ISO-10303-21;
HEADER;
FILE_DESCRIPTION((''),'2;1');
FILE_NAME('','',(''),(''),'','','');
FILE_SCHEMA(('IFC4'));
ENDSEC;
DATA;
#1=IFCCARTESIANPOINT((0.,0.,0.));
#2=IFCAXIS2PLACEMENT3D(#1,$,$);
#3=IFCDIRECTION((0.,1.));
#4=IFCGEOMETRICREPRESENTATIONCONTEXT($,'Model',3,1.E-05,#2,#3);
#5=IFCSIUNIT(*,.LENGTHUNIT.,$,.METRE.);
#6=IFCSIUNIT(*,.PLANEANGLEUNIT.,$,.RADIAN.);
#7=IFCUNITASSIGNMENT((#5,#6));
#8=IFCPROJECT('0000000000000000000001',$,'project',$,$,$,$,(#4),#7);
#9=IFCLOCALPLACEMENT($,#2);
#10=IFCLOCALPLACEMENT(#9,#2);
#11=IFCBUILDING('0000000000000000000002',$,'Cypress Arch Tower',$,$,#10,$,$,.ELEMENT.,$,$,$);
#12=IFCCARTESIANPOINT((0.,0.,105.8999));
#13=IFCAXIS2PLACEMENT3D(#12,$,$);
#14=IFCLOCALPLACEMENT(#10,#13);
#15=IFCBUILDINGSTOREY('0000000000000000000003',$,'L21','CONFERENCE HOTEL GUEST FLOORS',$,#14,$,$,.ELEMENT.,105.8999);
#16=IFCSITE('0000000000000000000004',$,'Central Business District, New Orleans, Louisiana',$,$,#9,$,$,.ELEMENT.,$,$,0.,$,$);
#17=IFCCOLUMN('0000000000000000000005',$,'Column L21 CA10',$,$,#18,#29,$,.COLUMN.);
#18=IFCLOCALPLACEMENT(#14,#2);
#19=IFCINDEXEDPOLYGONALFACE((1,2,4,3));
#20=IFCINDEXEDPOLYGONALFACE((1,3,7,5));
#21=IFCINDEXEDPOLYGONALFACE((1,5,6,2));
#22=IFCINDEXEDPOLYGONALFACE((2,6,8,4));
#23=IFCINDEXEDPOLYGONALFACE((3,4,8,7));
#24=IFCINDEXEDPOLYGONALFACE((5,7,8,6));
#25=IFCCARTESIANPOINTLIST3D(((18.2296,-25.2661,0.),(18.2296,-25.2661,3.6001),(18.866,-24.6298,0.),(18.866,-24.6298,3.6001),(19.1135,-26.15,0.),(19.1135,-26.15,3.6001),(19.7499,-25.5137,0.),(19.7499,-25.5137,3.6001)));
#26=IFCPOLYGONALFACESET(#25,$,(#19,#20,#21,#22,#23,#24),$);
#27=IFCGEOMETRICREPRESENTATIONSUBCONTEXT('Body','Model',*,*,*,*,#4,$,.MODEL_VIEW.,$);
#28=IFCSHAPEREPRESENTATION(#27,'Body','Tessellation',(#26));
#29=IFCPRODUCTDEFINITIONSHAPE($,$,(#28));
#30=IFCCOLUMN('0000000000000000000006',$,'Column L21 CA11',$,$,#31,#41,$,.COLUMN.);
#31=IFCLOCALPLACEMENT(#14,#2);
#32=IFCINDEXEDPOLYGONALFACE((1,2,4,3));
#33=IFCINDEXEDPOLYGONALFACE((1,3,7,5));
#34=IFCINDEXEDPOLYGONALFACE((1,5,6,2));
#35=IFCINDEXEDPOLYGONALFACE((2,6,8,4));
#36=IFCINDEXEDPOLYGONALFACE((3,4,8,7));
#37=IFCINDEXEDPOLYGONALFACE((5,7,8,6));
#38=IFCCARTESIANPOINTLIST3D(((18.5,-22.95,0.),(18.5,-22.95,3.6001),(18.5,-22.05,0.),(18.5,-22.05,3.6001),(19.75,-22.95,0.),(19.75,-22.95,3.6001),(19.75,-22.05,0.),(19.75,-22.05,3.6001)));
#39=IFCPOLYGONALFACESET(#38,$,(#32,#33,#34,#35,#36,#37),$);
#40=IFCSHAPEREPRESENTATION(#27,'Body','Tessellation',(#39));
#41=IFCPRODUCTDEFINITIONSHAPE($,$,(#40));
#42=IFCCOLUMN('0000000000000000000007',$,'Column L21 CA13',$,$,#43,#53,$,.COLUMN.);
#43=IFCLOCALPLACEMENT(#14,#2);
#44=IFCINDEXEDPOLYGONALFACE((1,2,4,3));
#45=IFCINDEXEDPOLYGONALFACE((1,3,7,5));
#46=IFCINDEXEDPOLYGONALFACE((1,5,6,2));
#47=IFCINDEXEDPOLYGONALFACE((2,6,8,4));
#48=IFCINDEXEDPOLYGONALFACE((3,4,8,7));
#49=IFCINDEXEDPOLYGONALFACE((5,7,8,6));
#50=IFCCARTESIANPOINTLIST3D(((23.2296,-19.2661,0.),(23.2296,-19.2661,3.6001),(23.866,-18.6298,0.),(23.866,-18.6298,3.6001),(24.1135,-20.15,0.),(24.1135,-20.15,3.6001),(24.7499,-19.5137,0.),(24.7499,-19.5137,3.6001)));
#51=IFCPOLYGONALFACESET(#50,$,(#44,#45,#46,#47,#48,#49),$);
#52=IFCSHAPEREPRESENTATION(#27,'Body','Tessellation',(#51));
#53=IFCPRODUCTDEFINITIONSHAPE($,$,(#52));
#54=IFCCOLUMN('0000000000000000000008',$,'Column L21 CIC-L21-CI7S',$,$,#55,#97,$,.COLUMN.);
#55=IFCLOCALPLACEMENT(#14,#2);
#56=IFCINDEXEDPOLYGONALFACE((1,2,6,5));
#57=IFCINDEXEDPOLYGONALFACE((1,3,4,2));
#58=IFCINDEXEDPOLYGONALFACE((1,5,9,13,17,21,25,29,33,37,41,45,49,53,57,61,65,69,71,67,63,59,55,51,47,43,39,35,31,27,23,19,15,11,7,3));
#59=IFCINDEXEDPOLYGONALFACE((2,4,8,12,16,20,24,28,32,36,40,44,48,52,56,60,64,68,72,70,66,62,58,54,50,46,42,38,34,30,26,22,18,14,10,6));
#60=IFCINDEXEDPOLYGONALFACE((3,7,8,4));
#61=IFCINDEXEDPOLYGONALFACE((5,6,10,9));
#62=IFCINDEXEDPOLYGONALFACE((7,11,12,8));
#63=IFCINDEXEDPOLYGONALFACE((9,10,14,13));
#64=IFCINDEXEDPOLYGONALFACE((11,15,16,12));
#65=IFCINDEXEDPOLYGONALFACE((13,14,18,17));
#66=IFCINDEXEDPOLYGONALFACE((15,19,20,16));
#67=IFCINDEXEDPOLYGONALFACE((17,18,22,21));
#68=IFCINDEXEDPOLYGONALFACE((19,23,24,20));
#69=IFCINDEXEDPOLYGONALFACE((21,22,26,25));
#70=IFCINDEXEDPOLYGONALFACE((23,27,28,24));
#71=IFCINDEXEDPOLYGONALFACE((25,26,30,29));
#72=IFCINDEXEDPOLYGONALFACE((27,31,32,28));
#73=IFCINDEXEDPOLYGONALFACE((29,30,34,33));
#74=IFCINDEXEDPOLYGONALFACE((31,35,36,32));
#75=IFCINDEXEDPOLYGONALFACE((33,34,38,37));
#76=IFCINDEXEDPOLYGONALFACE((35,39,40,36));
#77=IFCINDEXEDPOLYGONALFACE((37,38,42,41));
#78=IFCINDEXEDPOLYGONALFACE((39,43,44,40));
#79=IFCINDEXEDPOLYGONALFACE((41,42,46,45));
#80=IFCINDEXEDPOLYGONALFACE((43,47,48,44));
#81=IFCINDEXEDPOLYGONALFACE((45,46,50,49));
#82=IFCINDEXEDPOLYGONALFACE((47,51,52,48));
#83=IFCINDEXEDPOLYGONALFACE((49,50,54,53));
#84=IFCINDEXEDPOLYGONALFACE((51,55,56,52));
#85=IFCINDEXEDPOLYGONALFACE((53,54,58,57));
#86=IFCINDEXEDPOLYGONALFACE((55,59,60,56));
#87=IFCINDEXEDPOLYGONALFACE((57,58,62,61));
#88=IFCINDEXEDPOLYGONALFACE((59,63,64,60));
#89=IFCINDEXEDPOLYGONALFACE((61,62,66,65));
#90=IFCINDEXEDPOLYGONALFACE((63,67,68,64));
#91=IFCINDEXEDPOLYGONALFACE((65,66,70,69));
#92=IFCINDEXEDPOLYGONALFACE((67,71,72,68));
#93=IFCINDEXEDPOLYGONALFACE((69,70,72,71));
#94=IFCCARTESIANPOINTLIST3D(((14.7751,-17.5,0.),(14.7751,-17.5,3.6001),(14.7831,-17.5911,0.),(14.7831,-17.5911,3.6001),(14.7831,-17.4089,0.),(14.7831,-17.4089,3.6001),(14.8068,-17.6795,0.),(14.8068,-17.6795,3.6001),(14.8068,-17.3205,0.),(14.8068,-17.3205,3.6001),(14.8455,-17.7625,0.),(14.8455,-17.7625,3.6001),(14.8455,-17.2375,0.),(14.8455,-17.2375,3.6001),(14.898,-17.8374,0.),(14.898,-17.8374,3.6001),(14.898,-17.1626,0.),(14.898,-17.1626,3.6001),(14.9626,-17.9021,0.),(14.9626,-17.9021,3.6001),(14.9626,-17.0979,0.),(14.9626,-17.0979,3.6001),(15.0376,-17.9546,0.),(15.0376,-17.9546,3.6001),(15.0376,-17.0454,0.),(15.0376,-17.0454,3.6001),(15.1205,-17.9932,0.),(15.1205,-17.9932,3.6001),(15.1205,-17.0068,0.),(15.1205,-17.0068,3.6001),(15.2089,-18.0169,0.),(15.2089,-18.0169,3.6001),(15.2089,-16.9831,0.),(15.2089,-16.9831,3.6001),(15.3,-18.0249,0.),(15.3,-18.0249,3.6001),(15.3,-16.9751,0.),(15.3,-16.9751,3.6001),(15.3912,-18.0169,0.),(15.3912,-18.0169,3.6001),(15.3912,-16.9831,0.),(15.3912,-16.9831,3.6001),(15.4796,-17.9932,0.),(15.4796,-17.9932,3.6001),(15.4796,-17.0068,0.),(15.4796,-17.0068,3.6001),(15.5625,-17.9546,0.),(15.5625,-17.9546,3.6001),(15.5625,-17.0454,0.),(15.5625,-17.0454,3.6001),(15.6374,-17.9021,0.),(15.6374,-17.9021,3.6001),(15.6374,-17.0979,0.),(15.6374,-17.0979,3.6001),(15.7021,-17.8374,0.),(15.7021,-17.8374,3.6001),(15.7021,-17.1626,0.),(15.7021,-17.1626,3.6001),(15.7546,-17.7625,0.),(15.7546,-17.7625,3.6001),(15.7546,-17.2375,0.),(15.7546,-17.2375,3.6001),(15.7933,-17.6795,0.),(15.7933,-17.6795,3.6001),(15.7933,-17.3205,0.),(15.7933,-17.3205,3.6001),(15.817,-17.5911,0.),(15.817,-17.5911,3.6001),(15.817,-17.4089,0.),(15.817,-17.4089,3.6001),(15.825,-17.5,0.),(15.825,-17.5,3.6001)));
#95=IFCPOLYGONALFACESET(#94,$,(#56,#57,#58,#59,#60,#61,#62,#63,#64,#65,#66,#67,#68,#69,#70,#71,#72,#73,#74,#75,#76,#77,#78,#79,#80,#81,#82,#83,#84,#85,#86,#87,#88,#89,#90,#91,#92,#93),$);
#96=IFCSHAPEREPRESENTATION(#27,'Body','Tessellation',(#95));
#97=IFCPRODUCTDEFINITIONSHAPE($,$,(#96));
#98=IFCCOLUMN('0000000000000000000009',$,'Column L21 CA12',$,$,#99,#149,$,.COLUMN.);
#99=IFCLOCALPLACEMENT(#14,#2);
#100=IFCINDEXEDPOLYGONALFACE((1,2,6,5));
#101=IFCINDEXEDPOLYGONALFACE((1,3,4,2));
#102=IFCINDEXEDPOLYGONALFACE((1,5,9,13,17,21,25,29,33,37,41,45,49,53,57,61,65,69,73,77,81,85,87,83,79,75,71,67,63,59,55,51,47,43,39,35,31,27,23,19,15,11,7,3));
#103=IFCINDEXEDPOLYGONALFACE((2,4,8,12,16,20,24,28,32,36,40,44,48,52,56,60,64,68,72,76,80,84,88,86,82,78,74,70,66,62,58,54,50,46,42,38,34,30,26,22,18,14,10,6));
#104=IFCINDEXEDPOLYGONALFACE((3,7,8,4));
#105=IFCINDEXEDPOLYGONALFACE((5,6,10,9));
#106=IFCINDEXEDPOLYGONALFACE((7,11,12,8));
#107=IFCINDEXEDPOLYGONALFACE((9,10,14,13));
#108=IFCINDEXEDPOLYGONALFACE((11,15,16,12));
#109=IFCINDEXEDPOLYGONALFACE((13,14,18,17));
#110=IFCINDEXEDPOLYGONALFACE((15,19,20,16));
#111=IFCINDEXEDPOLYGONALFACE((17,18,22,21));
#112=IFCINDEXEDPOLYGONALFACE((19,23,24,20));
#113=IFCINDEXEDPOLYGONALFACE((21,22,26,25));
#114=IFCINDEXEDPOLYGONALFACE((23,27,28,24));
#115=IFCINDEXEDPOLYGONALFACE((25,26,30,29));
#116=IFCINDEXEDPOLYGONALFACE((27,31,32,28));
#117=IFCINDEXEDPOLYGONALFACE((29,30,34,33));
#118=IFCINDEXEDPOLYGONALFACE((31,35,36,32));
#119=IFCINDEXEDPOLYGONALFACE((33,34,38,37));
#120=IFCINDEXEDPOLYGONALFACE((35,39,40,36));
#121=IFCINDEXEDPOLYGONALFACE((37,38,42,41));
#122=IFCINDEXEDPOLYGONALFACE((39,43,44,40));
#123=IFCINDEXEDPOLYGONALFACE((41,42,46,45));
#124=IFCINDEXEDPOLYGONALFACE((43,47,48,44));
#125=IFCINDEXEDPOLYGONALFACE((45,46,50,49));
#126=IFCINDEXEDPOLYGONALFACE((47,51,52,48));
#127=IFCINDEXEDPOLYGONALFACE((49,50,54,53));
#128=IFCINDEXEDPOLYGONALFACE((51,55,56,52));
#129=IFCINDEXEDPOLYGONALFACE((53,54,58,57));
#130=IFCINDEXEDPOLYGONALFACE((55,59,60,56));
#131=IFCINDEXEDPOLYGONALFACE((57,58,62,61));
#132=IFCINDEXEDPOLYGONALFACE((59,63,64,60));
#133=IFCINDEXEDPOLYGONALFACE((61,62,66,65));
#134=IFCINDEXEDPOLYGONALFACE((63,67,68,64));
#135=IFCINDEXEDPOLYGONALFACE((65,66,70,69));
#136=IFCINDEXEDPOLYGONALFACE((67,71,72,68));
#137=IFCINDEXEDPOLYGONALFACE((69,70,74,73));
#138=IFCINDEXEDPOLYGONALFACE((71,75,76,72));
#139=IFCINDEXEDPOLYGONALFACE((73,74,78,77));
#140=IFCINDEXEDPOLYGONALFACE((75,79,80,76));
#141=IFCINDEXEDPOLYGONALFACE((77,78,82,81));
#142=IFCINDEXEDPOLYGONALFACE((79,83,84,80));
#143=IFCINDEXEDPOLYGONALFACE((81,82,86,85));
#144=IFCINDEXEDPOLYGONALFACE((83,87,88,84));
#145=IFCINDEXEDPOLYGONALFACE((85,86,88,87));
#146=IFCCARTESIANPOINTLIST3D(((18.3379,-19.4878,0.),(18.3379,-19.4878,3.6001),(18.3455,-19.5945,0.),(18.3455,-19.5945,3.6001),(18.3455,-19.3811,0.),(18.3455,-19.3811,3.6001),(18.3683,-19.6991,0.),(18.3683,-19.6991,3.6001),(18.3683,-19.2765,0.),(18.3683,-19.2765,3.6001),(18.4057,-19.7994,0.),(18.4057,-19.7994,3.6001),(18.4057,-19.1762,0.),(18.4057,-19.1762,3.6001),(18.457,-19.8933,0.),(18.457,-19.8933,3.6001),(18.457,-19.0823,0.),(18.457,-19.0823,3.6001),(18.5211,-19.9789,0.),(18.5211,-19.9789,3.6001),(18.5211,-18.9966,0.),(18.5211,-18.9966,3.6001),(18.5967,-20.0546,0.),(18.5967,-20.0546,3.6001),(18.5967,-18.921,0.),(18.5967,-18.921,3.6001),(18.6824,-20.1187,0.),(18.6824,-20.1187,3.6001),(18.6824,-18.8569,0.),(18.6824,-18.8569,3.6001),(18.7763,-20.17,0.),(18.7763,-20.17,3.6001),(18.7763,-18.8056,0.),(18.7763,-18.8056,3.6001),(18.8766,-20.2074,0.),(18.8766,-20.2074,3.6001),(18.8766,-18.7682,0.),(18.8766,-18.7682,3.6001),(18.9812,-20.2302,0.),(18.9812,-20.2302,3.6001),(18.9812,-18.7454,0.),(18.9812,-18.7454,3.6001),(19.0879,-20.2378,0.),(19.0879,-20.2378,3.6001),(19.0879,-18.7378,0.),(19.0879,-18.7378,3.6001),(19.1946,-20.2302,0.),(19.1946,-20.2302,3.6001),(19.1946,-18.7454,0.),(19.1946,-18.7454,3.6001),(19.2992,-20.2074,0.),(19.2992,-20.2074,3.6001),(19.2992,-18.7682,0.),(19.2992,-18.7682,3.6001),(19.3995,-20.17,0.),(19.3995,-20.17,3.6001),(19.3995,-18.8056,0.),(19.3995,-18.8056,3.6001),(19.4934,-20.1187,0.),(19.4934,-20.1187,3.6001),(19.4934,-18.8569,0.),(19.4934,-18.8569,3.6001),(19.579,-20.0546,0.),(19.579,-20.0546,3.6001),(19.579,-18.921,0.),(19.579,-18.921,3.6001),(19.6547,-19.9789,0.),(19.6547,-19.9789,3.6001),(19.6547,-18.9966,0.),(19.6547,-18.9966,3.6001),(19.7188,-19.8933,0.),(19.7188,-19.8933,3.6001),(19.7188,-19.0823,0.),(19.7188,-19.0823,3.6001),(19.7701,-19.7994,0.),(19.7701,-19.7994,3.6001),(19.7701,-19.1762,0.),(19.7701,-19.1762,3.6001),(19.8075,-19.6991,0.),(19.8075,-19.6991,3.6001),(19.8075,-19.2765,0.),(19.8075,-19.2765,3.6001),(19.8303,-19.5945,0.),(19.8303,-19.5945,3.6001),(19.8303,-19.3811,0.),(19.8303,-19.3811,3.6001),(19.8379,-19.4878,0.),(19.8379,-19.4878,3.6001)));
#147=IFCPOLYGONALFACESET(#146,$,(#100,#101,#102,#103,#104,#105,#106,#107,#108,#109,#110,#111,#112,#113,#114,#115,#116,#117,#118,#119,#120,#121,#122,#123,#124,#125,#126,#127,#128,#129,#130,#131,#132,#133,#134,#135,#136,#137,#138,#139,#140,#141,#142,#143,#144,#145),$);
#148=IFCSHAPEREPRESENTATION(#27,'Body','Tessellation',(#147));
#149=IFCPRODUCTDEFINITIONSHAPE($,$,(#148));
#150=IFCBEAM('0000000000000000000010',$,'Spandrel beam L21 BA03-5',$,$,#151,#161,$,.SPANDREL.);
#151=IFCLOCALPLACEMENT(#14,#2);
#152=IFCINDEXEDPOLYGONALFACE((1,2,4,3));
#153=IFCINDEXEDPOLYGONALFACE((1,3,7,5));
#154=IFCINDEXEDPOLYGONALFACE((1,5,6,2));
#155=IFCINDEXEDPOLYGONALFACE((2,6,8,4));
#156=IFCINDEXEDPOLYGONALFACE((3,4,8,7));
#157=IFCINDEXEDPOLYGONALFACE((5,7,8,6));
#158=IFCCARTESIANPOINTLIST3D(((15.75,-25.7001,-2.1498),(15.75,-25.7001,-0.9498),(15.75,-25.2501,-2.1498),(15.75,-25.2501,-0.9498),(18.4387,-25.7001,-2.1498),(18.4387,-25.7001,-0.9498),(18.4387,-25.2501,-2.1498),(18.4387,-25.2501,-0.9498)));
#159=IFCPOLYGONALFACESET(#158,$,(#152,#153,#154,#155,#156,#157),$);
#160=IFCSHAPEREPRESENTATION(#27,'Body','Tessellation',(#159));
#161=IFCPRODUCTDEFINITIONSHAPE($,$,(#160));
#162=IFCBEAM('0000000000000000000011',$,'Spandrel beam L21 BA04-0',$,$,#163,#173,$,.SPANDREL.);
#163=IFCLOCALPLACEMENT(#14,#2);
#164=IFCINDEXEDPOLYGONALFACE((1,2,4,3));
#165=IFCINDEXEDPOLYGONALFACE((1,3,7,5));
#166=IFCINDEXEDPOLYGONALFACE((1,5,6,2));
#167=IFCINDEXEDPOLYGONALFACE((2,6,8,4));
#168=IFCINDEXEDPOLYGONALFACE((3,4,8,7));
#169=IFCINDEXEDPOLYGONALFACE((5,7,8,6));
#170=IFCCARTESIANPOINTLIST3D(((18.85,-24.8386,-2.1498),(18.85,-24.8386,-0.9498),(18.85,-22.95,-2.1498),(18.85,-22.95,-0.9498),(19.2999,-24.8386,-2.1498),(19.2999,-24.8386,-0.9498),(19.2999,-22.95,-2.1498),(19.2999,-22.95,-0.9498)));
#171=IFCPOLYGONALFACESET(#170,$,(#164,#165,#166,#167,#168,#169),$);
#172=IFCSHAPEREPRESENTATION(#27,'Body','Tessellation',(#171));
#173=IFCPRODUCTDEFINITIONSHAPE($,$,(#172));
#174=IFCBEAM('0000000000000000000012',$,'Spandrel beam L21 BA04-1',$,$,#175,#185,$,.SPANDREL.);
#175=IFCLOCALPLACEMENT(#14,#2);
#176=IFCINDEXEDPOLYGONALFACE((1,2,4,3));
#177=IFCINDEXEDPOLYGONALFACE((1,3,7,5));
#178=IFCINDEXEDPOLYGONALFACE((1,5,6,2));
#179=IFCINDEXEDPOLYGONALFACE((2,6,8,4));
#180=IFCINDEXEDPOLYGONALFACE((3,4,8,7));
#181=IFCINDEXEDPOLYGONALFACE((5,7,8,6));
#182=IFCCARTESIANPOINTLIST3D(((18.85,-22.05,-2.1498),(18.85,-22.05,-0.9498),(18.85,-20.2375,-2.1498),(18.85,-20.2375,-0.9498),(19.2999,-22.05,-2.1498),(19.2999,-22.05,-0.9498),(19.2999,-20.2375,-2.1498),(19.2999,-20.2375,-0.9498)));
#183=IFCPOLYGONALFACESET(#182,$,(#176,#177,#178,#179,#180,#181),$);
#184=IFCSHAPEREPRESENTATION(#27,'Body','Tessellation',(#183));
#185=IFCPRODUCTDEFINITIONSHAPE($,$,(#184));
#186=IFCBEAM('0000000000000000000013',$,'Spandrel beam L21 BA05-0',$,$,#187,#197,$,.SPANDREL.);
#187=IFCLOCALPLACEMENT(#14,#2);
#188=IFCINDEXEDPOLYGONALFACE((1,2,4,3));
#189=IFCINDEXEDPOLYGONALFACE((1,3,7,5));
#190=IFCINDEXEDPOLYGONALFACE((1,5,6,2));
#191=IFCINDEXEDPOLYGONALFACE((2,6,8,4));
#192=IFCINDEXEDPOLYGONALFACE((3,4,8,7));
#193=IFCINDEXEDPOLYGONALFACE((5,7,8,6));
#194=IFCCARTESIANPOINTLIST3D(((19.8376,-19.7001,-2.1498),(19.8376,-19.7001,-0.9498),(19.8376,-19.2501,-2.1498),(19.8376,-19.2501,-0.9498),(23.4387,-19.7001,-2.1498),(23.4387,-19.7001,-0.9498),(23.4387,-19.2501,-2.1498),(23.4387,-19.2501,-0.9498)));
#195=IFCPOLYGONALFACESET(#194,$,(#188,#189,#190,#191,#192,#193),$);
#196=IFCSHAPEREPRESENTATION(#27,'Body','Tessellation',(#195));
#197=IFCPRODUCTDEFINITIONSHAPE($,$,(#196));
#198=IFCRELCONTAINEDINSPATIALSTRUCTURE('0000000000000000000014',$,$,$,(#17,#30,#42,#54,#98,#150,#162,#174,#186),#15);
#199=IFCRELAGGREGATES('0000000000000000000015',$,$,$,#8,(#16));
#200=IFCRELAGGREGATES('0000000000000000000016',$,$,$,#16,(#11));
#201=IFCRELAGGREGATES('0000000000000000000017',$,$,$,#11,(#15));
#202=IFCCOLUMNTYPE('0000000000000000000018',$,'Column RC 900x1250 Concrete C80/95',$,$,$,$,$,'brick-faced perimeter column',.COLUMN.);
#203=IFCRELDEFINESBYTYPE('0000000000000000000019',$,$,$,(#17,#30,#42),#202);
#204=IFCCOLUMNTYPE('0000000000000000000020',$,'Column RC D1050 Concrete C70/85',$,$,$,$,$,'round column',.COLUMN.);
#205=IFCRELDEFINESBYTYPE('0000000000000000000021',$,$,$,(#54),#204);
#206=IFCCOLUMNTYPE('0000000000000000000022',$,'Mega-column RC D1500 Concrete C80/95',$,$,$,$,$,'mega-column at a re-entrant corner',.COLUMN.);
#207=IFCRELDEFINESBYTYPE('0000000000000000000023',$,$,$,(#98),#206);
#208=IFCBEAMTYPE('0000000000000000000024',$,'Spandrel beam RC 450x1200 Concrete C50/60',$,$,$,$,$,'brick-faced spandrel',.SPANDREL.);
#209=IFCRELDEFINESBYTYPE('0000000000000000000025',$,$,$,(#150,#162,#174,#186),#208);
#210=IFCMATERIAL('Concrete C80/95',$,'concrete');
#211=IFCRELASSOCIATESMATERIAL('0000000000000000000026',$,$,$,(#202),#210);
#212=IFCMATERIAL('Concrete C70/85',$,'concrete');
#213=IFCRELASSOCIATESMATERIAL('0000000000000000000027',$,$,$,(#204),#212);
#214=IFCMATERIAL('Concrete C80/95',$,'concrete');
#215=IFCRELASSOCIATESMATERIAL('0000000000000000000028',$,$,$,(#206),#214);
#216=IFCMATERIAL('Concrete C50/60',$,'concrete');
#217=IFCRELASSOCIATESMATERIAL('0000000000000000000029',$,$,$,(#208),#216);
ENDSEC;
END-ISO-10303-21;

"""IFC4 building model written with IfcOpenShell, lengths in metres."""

from ifc_helpers import new_model, si_unit, direction, frame, origin, origin_2d, place, context, subcontext, project, spatial, rectangle, circle, extrude, material, material_profile, profile_set, type_object, element, save


model = new_model("IFC4")

# Units and contexts
model_context = context("Model", 3, precision=1e-05, world=origin(), true_north=direction((0.0, 1.0)))
body_context = subcontext(model_context, "Body", "Model", "MODEL_VIEW")
ifc_project = project(units=[si_unit("LENGTHUNIT", "METRE"), si_unit("PLANEANGLEUNIT", "RADIAN")], contexts=[model_context])

# Site, building, storey
site_placement = place(None, origin())
site = spatial("IfcSite", under=ifc_project, at=site_placement, Name="Central Business District, New Orleans, Louisiana", CompositionType="ELEMENT", RefElevation=0.0)
building_placement = place(site_placement, origin())
building = spatial("IfcBuilding", under=site, at=building_placement, Name="Cypress Arch Tower", CompositionType="ELEMENT")
storey_placement = place(building_placement, frame((0.0, 0.0, 105.8999)))
storey = spatial("IfcBuildingStorey", under=building, at=storey_placement, Name="L21", Description="CONFERENCE HOTEL GUEST FLOORS", CompositionType="ELEMENT", Elevation=105.8999)

# Columns
ifc_material_1 = material(Name="Concrete C80/95", Category="concrete")
ifc_material_profile_1 = material_profile(ifc_material_1, rectangle(XDim=0.8999, YDim=1.25, at=origin_2d()), Name="RC 900x1250")
ifc_profile_set_1 = profile_set([ifc_material_profile_1], Name="Concrete C80/95")
column_type_1 = type_object("IfcColumnType", Name="Column RC 900x1250 Concrete C80/95", ElementType="brick-faced perimeter column", PredefinedType="COLUMN", material=ifc_profile_set_1)
for number, where, z_axis, x_axis, name in (
    (1, (18.9897, -25.3899, 0.0), (0.0, 0.0, 1.0), (0.707107, 0.707107, 0.0), "Column L21 CA10"),
    (2, (19.125, -22.5, 0.0), (0.0, 0.0, 1.0), (0.0, 1.0, 0.0), "Column L21 CA11"),
    (3, (23.9897, -19.3899, 0.0), (0.0, 0.0, 1.0), (0.707107, 0.707107, 0.0), "Column L21 CA13"),
):
    element("IfcColumn", number, at=place(storey_placement, frame(where, z_axis=z_axis, x_axis=x_axis)), inside=storey, type_object=column_type_1, Name=name, PredefinedType="COLUMN", context=body_context, shape_type="SweptSolid", body=[
        extrude(rectangle(XDim=0.8999, YDim=1.25, at=origin_2d()), origin(), (0.0, 0.0, 1.0), 3.6001),
    ])
ifc_material_2 = material(Name="Concrete C70/85", Category="concrete")
ifc_material_profile_2 = material_profile(ifc_material_2, circle(Radius=0.5249, at=origin_2d()), Name="RC D1050")
ifc_profile_set_2 = profile_set([ifc_material_profile_2], Name="Concrete C70/85")
column_type_2 = type_object("IfcColumnType", Name="Column RC D1050 Concrete C70/85", ElementType="round column", PredefinedType="COLUMN", material=ifc_profile_set_2)
column_1_placement = place(storey_placement, frame((15.3, -17.5, 0.0), z_axis=(0.0, 0.0, 1.0), x_axis=(1.0, 0.0, 0.0)))
element("IfcColumn", 4, at=column_1_placement, inside=storey, type_object=column_type_2, Name="Column L21 CIC-L21-CI7S", PredefinedType="COLUMN", context=body_context, shape_type="SweptSolid", body=[
    extrude(circle(Radius=0.5249, at=origin_2d()), origin(), (0.0, 0.0, 1.0), 3.6001),
])
ifc_material_3 = material(Name="Concrete C80/95", Category="concrete")
ifc_material_profile_3 = material_profile(ifc_material_3, circle(Radius=0.75, at=origin_2d()), Name="RC D1500")
ifc_profile_set_3 = profile_set([ifc_material_profile_3], Name="Concrete C80/95")
column_type_3 = type_object("IfcColumnType", Name="Mega-column RC D1500 Concrete C80/95", ElementType="mega-column at a re-entrant corner", PredefinedType="COLUMN", material=ifc_profile_set_3)
column_2_placement = place(storey_placement, frame((19.0879, -19.4878, 0.0), z_axis=(0.0, 0.0, 1.0), x_axis=(1.0, 0.0, 0.0)))
element("IfcColumn", 5, at=column_2_placement, inside=storey, type_object=column_type_3, Name="Column L21 CA12", PredefinedType="COLUMN", context=body_context, shape_type="SweptSolid", body=[
    extrude(circle(Radius=0.75, at=origin_2d()), origin(), (0.0, 0.0, 1.0), 3.6001),
])

# Beams
ifc_material_4 = material(Name="Concrete C50/60", Category="concrete")
ifc_material_profile_4 = material_profile(ifc_material_4, rectangle(XDim=0.45, YDim=1.2, at=origin_2d()), Name="RC 450x1200")
ifc_profile_set_4 = profile_set([ifc_material_profile_4], Name="Concrete C50/60")
beam_type = type_object("IfcBeamType", Name="Spandrel beam RC 450x1200 Concrete C50/60", ElementType="brick-faced spandrel", PredefinedType="SPANDREL", material=ifc_profile_set_4)
beam_1_placement = place(storey_placement, frame((15.75, -25.4751, -1.5498), z_axis=(1.0, 0.0, 0.0), x_axis=(0.0, 1.0, 0.0)))
element("IfcBeam", 6, at=beam_1_placement, inside=storey, type_object=beam_type, Name="Spandrel beam L21 BA03-5", PredefinedType="SPANDREL", context=body_context, shape_type="SweptSolid", body=[
    extrude(rectangle(XDim=0.45, YDim=1.2, at=origin_2d()), origin(), (0.0, 0.0, 1.0), 2.6887),
])
beam_2_placement = place(storey_placement, frame((19.075, -24.8386, -1.5498), z_axis=(0.0, 1.0, 0.0), x_axis=(-1.0, 0.0, 0.0)))
element("IfcBeam", 7, at=beam_2_placement, inside=storey, type_object=beam_type, Name="Spandrel beam L21 BA04-0", PredefinedType="SPANDREL", context=body_context, shape_type="SweptSolid", body=[
    extrude(rectangle(XDim=0.45, YDim=1.2, at=origin_2d()), origin(), (0.0, 0.0, 1.0), 1.8887),
])
beam_3_placement = place(storey_placement, frame((19.075, -22.05, -1.5498), z_axis=(0.0, 1.0, 0.0), x_axis=(-1.0, 0.0, 0.0)))
element("IfcBeam", 8, at=beam_3_placement, inside=storey, type_object=beam_type, Name="Spandrel beam L21 BA04-1", PredefinedType="SPANDREL", context=body_context, shape_type="SweptSolid", body=[
    extrude(rectangle(XDim=0.45, YDim=1.2, at=origin_2d()), origin(), (0.0, 0.0, 1.0), 1.8125),
])
beam_4_placement = place(storey_placement, frame((19.8376, -19.4751, -1.5498), z_axis=(1.0, 0.0, 0.0), x_axis=(0.0, 1.0, 0.0)))
element("IfcBeam", 9, at=beam_4_placement, inside=storey, type_object=beam_type, Name="Spandrel beam L21 BA05-0", PredefinedType="SPANDREL", context=body_context, shape_type="SweptSolid", body=[
    extrude(rectangle(XDim=0.45, YDim=1.2, at=origin_2d()), origin(), (0.0, 0.0, 1.0), 3.6011),
])

save(model, "model.ifc")
